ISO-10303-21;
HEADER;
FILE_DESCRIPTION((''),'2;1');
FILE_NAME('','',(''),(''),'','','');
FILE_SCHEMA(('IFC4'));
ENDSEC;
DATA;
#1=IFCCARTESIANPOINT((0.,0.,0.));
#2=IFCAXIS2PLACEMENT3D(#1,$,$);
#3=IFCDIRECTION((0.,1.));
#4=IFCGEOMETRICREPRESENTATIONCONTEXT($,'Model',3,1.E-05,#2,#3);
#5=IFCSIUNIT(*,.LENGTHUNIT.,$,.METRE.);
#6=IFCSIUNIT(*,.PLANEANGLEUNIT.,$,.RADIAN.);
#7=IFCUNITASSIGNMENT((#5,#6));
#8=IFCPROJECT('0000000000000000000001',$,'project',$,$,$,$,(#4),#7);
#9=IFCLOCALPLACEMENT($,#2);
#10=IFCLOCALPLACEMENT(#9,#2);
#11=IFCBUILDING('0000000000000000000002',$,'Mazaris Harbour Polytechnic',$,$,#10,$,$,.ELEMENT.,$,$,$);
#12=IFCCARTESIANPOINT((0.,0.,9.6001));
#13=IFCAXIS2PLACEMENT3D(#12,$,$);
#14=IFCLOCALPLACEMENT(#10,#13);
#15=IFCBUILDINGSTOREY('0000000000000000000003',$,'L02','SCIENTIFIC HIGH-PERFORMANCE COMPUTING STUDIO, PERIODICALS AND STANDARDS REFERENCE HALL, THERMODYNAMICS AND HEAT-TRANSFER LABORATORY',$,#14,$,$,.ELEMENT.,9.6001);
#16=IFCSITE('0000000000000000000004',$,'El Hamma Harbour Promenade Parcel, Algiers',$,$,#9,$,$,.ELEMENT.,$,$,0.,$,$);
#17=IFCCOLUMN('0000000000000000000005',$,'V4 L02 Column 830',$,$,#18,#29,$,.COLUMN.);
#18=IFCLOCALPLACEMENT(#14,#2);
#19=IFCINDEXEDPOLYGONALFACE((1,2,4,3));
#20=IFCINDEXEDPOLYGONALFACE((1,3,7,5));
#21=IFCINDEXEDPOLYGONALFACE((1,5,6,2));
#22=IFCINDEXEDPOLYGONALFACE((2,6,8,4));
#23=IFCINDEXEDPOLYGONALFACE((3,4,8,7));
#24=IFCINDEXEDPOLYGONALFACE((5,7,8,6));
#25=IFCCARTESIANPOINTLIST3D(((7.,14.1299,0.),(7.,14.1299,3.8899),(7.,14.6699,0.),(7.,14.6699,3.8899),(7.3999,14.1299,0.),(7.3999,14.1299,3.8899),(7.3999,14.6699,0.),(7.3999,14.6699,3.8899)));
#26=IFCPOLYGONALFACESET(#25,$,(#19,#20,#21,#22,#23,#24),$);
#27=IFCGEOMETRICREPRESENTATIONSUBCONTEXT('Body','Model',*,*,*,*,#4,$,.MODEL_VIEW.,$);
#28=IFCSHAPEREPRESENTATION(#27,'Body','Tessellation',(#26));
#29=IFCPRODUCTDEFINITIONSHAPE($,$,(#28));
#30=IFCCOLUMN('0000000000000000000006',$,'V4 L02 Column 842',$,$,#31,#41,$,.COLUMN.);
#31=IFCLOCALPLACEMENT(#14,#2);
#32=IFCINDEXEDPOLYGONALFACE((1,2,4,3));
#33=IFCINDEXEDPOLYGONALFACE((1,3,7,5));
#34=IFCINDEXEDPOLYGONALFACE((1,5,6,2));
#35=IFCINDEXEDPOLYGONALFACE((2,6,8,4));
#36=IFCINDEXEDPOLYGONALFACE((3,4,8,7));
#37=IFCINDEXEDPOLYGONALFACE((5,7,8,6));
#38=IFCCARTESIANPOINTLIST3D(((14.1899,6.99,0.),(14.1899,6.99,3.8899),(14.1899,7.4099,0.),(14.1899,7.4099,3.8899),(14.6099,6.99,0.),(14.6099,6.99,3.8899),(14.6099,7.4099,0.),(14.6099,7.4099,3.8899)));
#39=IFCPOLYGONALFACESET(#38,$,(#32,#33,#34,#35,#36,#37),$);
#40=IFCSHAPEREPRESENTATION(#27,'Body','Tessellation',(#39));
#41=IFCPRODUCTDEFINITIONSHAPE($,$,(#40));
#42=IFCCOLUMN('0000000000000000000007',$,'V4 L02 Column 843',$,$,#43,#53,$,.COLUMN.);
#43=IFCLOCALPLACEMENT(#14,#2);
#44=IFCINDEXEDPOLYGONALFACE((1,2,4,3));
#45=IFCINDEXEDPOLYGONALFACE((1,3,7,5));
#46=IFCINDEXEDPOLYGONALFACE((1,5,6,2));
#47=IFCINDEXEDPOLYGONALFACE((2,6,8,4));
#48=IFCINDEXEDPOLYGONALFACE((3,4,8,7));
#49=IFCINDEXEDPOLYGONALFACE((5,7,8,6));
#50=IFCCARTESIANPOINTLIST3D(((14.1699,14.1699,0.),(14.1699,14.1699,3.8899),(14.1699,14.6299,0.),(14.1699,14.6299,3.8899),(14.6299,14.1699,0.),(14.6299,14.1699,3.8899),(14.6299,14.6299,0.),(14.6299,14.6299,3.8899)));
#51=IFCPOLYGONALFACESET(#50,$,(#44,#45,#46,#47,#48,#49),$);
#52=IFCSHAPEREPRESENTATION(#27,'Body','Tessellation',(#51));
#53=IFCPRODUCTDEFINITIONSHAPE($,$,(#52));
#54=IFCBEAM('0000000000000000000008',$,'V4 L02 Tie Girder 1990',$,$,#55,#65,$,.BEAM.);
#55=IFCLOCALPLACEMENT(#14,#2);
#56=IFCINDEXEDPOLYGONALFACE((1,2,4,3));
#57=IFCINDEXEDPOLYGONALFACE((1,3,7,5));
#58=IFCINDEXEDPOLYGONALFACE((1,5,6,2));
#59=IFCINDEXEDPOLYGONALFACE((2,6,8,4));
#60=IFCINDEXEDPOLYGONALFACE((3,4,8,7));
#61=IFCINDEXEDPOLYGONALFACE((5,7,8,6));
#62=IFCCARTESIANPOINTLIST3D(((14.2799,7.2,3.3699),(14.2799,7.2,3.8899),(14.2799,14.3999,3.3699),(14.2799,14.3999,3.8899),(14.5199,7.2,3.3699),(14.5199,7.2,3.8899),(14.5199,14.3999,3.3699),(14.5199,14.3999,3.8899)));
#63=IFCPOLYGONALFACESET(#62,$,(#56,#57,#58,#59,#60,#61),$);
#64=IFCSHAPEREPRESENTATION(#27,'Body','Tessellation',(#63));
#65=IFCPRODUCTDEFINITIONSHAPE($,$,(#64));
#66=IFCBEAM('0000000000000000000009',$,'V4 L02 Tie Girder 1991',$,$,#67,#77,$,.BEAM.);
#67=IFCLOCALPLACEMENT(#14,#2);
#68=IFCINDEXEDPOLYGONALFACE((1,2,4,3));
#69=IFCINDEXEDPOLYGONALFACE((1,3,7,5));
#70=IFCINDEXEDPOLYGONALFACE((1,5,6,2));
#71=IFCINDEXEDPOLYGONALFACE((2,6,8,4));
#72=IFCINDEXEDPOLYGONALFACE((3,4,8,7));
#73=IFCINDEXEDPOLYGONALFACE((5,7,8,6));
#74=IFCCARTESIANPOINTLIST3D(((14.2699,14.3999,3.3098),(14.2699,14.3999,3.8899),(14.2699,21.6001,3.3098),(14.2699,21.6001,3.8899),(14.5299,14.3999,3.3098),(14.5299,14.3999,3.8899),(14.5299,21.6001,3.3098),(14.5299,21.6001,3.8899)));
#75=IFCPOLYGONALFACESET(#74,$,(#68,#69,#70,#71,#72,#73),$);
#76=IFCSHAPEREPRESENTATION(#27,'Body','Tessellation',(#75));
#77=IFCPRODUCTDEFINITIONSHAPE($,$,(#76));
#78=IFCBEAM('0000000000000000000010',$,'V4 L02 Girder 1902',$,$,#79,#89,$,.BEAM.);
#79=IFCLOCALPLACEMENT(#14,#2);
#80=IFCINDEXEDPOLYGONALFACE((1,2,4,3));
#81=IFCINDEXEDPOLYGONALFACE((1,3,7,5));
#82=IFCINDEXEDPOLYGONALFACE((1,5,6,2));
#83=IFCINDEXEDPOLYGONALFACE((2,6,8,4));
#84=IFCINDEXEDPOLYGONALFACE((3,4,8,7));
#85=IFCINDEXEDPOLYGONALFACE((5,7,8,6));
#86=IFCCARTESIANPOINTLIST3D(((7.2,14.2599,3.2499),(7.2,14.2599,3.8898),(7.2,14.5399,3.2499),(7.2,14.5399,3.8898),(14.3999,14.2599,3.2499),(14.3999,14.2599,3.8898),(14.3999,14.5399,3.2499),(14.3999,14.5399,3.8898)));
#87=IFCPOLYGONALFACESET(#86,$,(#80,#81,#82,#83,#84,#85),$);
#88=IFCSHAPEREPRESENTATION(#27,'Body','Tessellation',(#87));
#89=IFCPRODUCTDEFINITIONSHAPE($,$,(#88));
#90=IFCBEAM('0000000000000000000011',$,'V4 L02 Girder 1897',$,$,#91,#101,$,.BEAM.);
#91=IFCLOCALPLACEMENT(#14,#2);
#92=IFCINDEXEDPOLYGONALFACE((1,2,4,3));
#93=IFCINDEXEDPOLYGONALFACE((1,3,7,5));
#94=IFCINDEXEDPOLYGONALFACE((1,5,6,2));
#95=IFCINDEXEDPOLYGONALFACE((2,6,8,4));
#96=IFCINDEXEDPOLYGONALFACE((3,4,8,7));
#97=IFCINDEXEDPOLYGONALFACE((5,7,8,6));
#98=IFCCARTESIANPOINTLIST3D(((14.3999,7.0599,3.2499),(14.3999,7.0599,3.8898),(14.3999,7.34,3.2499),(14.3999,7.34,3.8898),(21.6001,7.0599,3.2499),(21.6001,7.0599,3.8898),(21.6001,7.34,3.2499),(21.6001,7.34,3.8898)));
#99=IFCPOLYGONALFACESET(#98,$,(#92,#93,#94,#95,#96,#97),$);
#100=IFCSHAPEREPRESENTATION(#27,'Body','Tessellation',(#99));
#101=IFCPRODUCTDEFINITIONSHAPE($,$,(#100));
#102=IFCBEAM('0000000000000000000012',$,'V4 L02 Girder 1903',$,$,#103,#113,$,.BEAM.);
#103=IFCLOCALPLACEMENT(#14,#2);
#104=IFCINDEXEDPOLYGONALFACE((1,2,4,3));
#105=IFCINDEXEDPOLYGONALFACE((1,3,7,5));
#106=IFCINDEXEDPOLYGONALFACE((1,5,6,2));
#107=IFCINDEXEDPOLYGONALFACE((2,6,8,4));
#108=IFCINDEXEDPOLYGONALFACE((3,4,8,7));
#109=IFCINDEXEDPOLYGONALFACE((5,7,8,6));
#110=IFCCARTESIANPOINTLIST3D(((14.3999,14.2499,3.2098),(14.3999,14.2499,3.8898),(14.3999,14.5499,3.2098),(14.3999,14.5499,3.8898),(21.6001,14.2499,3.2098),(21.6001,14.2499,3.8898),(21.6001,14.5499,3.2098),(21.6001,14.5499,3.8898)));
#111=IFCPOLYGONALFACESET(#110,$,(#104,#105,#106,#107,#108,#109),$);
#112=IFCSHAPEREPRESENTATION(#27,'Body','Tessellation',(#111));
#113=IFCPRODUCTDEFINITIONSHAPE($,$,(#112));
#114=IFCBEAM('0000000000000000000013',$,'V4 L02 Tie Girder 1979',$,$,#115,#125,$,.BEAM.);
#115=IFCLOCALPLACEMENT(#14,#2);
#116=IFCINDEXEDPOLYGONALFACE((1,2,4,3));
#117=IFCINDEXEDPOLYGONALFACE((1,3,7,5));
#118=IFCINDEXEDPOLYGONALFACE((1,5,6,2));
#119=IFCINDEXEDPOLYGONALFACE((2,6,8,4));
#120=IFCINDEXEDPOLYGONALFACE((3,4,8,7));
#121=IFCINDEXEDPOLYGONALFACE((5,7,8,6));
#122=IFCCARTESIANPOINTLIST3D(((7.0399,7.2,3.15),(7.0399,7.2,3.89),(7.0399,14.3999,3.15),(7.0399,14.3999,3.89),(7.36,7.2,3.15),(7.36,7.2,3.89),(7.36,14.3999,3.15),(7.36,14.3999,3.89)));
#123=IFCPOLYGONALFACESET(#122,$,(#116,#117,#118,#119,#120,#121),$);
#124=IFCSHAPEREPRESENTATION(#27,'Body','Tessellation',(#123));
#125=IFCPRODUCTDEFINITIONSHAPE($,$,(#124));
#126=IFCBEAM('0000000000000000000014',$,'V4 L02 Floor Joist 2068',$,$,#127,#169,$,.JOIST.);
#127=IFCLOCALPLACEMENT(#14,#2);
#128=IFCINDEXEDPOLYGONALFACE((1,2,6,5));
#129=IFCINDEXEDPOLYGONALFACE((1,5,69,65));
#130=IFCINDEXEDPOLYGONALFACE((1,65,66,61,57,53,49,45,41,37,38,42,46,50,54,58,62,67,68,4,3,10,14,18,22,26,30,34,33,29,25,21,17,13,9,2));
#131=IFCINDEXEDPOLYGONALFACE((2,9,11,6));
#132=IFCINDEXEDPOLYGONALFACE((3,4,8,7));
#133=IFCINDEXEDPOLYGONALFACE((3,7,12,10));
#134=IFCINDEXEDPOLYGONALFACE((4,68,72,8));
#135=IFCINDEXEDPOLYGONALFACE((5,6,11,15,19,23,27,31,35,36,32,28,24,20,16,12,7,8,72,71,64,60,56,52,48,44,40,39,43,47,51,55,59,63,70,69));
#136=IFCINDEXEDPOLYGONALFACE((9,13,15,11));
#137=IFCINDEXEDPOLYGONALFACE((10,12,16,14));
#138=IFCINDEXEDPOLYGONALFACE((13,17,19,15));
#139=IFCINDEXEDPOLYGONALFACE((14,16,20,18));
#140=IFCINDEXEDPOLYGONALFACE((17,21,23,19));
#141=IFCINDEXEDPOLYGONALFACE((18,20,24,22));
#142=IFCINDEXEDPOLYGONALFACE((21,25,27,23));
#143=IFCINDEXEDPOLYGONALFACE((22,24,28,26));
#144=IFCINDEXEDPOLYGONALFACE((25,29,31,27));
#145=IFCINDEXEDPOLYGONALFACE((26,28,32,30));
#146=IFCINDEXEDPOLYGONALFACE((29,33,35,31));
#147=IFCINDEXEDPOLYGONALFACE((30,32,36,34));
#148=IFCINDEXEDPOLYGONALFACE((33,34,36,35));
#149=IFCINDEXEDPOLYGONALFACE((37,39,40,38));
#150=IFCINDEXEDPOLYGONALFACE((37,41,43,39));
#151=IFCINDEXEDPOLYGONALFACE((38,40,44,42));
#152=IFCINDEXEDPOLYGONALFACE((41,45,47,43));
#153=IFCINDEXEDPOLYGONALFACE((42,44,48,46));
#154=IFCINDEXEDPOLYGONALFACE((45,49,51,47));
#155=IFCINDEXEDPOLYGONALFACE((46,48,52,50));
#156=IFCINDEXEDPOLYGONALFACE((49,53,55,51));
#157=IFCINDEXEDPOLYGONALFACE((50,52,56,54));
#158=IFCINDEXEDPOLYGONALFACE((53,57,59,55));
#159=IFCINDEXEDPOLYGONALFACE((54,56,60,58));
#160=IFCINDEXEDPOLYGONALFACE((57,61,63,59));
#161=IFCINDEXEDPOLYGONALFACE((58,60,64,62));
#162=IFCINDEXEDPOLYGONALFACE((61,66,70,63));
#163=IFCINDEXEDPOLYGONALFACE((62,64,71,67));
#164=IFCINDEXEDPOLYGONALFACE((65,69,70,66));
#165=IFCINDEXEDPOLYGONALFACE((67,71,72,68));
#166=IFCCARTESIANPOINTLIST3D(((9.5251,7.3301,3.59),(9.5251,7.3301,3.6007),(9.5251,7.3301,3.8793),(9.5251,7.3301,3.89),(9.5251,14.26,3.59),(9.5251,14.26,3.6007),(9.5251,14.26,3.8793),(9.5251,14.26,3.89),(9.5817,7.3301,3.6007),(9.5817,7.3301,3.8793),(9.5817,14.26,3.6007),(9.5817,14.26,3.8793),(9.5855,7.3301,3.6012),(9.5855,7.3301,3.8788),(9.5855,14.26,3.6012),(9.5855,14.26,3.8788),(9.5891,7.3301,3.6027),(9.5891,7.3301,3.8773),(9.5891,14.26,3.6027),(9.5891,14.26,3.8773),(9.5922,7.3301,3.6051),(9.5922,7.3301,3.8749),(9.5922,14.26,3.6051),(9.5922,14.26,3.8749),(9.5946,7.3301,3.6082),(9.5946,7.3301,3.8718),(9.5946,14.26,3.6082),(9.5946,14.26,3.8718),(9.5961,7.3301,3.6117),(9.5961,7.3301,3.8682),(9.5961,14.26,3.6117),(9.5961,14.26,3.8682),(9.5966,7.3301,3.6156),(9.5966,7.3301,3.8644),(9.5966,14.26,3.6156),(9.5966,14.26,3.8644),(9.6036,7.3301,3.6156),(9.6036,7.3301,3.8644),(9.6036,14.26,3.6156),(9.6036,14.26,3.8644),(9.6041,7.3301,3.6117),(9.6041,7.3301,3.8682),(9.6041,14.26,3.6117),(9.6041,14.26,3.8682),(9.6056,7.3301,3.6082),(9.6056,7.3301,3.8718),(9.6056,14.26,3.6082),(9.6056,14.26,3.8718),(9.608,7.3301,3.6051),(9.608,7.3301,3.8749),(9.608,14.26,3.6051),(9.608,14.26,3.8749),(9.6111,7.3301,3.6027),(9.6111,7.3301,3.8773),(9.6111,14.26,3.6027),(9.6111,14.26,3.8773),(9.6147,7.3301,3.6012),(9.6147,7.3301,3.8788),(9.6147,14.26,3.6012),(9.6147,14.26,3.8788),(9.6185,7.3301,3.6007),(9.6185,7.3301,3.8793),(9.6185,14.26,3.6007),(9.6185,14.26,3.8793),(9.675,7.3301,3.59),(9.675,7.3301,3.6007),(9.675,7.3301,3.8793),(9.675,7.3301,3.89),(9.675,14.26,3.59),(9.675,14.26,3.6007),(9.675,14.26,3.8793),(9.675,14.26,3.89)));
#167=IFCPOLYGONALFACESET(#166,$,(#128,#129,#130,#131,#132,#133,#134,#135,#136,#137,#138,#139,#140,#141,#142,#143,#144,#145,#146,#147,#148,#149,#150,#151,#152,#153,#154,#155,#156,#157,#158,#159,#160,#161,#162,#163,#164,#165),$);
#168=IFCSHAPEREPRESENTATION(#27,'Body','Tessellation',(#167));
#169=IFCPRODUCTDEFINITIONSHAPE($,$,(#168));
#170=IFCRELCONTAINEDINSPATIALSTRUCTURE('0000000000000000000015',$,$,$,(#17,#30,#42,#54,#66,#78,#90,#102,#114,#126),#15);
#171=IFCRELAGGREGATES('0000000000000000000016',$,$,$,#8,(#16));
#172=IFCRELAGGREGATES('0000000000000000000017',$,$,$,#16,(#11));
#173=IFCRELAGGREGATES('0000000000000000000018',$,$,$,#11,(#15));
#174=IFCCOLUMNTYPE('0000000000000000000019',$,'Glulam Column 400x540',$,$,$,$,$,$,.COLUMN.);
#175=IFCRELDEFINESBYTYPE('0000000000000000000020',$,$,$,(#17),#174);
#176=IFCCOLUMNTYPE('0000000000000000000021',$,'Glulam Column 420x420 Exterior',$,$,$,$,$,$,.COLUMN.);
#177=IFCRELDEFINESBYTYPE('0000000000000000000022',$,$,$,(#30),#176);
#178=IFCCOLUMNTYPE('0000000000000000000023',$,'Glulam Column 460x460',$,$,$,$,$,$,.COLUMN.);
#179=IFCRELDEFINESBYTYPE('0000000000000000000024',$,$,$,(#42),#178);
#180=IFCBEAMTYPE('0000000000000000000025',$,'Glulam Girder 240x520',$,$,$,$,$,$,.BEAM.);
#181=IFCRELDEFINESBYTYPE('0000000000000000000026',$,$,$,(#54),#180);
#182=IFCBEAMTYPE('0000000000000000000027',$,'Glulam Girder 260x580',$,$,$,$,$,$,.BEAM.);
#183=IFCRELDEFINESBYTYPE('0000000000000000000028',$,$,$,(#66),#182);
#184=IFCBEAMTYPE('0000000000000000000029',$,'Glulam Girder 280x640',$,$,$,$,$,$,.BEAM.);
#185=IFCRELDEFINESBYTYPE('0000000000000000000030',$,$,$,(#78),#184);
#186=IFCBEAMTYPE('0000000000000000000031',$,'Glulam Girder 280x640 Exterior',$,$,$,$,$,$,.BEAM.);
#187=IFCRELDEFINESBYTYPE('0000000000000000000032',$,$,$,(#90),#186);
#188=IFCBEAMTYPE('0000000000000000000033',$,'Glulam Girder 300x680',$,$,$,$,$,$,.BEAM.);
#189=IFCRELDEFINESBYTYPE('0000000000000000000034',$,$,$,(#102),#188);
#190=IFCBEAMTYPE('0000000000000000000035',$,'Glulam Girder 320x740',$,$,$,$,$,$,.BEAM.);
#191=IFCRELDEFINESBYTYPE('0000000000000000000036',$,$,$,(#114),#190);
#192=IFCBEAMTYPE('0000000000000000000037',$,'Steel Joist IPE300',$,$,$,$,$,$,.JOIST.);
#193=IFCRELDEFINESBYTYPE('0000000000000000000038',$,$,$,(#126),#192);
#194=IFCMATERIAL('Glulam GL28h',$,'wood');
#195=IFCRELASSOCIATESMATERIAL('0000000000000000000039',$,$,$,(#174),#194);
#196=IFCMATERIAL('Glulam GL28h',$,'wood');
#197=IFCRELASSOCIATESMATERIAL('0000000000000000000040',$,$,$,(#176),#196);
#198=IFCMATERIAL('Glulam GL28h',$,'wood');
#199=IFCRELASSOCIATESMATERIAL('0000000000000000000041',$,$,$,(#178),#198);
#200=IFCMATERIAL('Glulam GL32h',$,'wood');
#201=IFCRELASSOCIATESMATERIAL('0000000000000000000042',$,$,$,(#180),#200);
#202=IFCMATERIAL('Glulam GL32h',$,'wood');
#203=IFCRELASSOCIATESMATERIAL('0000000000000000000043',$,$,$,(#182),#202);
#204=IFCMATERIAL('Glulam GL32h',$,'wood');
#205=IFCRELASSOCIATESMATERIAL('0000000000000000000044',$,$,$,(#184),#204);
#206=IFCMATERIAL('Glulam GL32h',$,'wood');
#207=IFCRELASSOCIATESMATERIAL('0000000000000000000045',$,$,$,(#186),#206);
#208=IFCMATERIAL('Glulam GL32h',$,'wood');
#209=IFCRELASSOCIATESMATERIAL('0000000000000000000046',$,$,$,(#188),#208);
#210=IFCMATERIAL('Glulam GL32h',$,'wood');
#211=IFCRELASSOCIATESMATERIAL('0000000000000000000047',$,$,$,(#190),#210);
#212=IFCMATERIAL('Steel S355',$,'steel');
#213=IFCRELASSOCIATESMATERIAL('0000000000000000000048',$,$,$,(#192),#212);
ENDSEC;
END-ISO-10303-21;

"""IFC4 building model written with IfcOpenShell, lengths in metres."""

from ifc_helpers import new_model, si_unit, direction, frame, origin, origin_2d, place, context, subcontext, project, spatial, rectangle, i_section, extrude, material, material_profile, profile_set, type_object, element, save


model = new_model("IFC4")

# Units and contexts
model_context = context("Model", 3, precision=1e-05, world=origin(), true_north=direction((0.0, 1.0)))
body_context = subcontext(model_context, "Body", "Model", "MODEL_VIEW")
ifc_project = project(units=[si_unit("LENGTHUNIT", "METRE"), si_unit("PLANEANGLEUNIT", "RADIAN")], contexts=[model_context])

# Site, building, storey
site_placement = place(None, origin())
site = spatial("IfcSite", under=ifc_project, at=site_placement, Name="El Hamma Harbour Promenade Parcel, Algiers", CompositionType="ELEMENT", RefElevation=0.0)
building_placement = place(site_placement, origin())
building = spatial("IfcBuilding", under=site, at=building_placement, Name="Mazaris Harbour Polytechnic", CompositionType="ELEMENT")
storey_placement = place(building_placement, frame((0.0, 0.0, 9.6001)))
storey = spatial("IfcBuildingStorey", under=building, at=storey_placement, Name="L02", Description="SCIENTIFIC HIGH-PERFORMANCE COMPUTING STUDIO, PERIODICALS AND STANDARDS REFERENCE HALL, THERMODYNAMICS AND HEAT-TRANSFER LABORATORY", CompositionType="ELEMENT", Elevation=9.6001)

# Columns
ifc_material_1 = material(Name="Glulam GL28h", Category="wood")
ifc_material_profile_1 = material_profile(ifc_material_1, rectangle(XDim=0.3999, YDim=0.54, at=origin_2d()), Name="RECT400x540")
ifc_profile_set_1 = profile_set([ifc_material_profile_1], Name="Glulam GL28h")
column_type_1 = type_object("IfcColumnType", Name="Glulam Column 400x540", PredefinedType="COLUMN", material=ifc_profile_set_1)
column_1_placement = place(storey_placement, frame((7.2, 14.3999, 0.0), z_axis=(0.0, 0.0, 1.0), x_axis=(1.0, 0.0, 0.0)))
element("IfcColumn", 1, at=column_1_placement, inside=storey, type_object=column_type_1, Name="V4 L02 Column 830", PredefinedType="COLUMN", context=body_context, shape_type="SweptSolid", body=[
    extrude(rectangle(XDim=0.3999, YDim=0.54, at=origin_2d()), origin(), (0.0, 0.0, 1.0), 3.8899),
])
ifc_material_2 = material(Name="Glulam GL28h", Category="wood")
ifc_material_profile_2 = material_profile(ifc_material_2, rectangle(XDim=0.4199, YDim=0.4199, at=origin_2d()), Name="RECT420x420")
ifc_profile_set_2 = profile_set([ifc_material_profile_2], Name="Glulam GL28h")
column_type_2 = type_object("IfcColumnType", Name="Glulam Column 420x420 Exterior", PredefinedType="COLUMN", material=ifc_profile_set_2)
column_2_placement = place(storey_placement, frame((14.3999, 7.2, 0.0), z_axis=(0.0, 0.0, 1.0), x_axis=(1.0, 0.0, 0.0)))
element("IfcColumn", 2, at=column_2_placement, inside=storey, type_object=column_type_2, Name="V4 L02 Column 842", PredefinedType="COLUMN", context=body_context, shape_type="SweptSolid", body=[
    extrude(rectangle(XDim=0.4199, YDim=0.4199, at=origin_2d()), origin(), (0.0, 0.0, 1.0), 3.8899),
])
ifc_material_3 = material(Name="Glulam GL28h", Category="wood")
ifc_material_profile_3 = material_profile(ifc_material_3, rectangle(XDim=0.46, YDim=0.46, at=origin_2d()), Name="RECT460x460")
ifc_profile_set_3 = profile_set([ifc_material_profile_3], Name="Glulam GL28h")
column_type_3 = type_object("IfcColumnType", Name="Glulam Column 460x460", PredefinedType="COLUMN", material=ifc_profile_set_3)
column_3_placement = place(storey_placement, frame((14.3999, 14.3999, 0.0), z_axis=(0.0, 0.0, 1.0), x_axis=(1.0, 0.0, 0.0)))
element("IfcColumn", 3, at=column_3_placement, inside=storey, type_object=column_type_3, Name="V4 L02 Column 843", PredefinedType="COLUMN", context=body_context, shape_type="SweptSolid", body=[
    extrude(rectangle(XDim=0.46, YDim=0.46, at=origin_2d()), origin(), (0.0, 0.0, 1.0), 3.8899),
])

# Beams
ifc_material_4 = material(Name="Glulam GL32h", Category="wood")
ifc_material_profile_4 = material_profile(ifc_material_4, rectangle(XDim=0.24, YDim=0.52, at=origin_2d()), Name="RECT240x520")
ifc_profile_set_4 = profile_set([ifc_material_profile_4], Name="Glulam GL32h")
beam_type_1 = type_object("IfcBeamType", Name="Glulam Girder 240x520", PredefinedType="BEAM", material=ifc_profile_set_4)
beam_1_placement = place(storey_placement, frame((14.3999, 7.2, 3.6299), z_axis=(0.0, 1.0, 0.0), x_axis=(-1.0, 0.0, 0.0)))
element("IfcBeam", 4, at=beam_1_placement, inside=storey, type_object=beam_type_1, Name="V4 L02 Tie Girder 1990", PredefinedType="BEAM", context=body_context, shape_type="SweptSolid", body=[
    extrude(rectangle(XDim=0.24, YDim=0.52, at=origin_2d()), origin(), (0.0, 0.0, 1.0), 7.2),
])
ifc_material_5 = material(Name="Glulam GL32h", Category="wood")
ifc_material_profile_5 = material_profile(ifc_material_5, rectangle(XDim=0.26, YDim=0.5801, at=origin_2d()), Name="RECT260x580")
ifc_profile_set_5 = profile_set([ifc_material_profile_5], Name="Glulam GL32h")
beam_type_2 = type_object("IfcBeamType", Name="Glulam Girder 260x580", PredefinedType="BEAM", material=ifc_profile_set_5)
beam_2_placement = place(storey_placement, frame((14.3999, 14.3999, 3.5999), z_axis=(0.0, 1.0, 0.0), x_axis=(-1.0, 0.0, 0.0)))
element("IfcBeam", 5, at=beam_2_placement, inside=storey, type_object=beam_type_2, Name="V4 L02 Tie Girder 1991", PredefinedType="BEAM", context=body_context, shape_type="SweptSolid", body=[
    extrude(rectangle(XDim=0.26, YDim=0.5801, at=origin_2d()), origin(), (0.0, 0.0, 1.0), 7.2002),
])
ifc_material_6 = material(Name="Glulam GL32h", Category="wood")
ifc_material_profile_6 = material_profile(ifc_material_6, rectangle(XDim=0.28, YDim=0.6399, at=origin_2d()), Name="RECT280x640")
ifc_profile_set_6 = profile_set([ifc_material_profile_6], Name="Glulam GL32h")
beam_type_3 = type_object("IfcBeamType", Name="Glulam Girder 280x640", PredefinedType="BEAM", material=ifc_profile_set_6)
beam_3_placement = place(storey_placement, frame((7.2, 14.3999, 3.5698), z_axis=(1.0, 0.0, 0.0), x_axis=(0.0, 1.0, 0.0)))
element("IfcBeam", 6, at=beam_3_placement, inside=storey, type_object=beam_type_3, Name="V4 L02 Girder 1902", PredefinedType="BEAM", context=body_context, shape_type="SweptSolid", body=[
    extrude(rectangle(XDim=0.28, YDim=0.6399, at=origin_2d()), origin(), (0.0, 0.0, 1.0), 7.2),
])
ifc_material_7 = material(Name="Glulam GL32h", Category="wood")
ifc_material_profile_7 = material_profile(ifc_material_7, rectangle(XDim=0.28, YDim=0.6399, at=origin_2d()), Name="RECT280x640")
ifc_profile_set_7 = profile_set([ifc_material_profile_7], Name="Glulam GL32h")
beam_type_4 = type_object("IfcBeamType", Name="Glulam Girder 280x640 Exterior", PredefinedType="BEAM", material=ifc_profile_set_7)
beam_4_placement = place(storey_placement, frame((14.3999, 7.2, 3.5698), z_axis=(1.0, 0.0, 0.0), x_axis=(0.0, 1.0, 0.0)))
element("IfcBeam", 7, at=beam_4_placement, inside=storey, type_object=beam_type_4, Name="V4 L02 Girder 1897", PredefinedType="BEAM", context=body_context, shape_type="SweptSolid", body=[
    extrude(rectangle(XDim=0.28, YDim=0.6399, at=origin_2d()), origin(), (0.0, 0.0, 1.0), 7.2002),
])
ifc_material_8 = material(Name="Glulam GL32h", Category="wood")
ifc_material_profile_8 = material_profile(ifc_material_8, rectangle(XDim=0.3, YDim=0.6799, at=origin_2d()), Name="RECT300x680")
ifc_profile_set_8 = profile_set([ifc_material_profile_8], Name="Glulam GL32h")
beam_type_5 = type_object("IfcBeamType", Name="Glulam Girder 300x680", PredefinedType="BEAM", material=ifc_profile_set_8)
beam_5_placement = place(storey_placement, frame((14.3999, 14.3999, 3.5498), z_axis=(1.0, 0.0, 0.0), x_axis=(0.0, 1.0, 0.0)))
element("IfcBeam", 8, at=beam_5_placement, inside=storey, type_object=beam_type_5, Name="V4 L02 Girder 1903", PredefinedType="BEAM", context=body_context, shape_type="SweptSolid", body=[
    extrude(rectangle(XDim=0.3, YDim=0.6799, at=origin_2d()), origin(), (0.0, 0.0, 1.0), 7.2002),
])
ifc_material_9 = material(Name="Glulam GL32h", Category="wood")
ifc_material_profile_9 = material_profile(ifc_material_9, rectangle(XDim=0.3201, YDim=0.74, at=origin_2d()), Name="RECT320x740")
ifc_profile_set_9 = profile_set([ifc_material_profile_9], Name="Glulam GL32h")
beam_type_6 = type_object("IfcBeamType", Name="Glulam Girder 320x740", PredefinedType="BEAM", material=ifc_profile_set_9)
beam_6_placement = place(storey_placement, frame((7.2, 7.2, 3.52), z_axis=(0.0, 1.0, 0.0), x_axis=(-1.0, 0.0, 0.0)))
element("IfcBeam", 9, at=beam_6_placement, inside=storey, type_object=beam_type_6, Name="V4 L02 Tie Girder 1979", PredefinedType="BEAM", context=body_context, shape_type="SweptSolid", body=[
    extrude(rectangle(XDim=0.3201, YDim=0.74, at=origin_2d()), origin(), (0.0, 0.0, 1.0), 7.2),
])
ifc_material_10 = material(Name="Steel S355", Category="steel")
ifc_material_profile_10 = material_profile(ifc_material_10, i_section(OverallWidth=0.1499, OverallDepth=0.3, WebThickness=0.0071, FlangeThickness=0.0107, FilletRadius=0.0149, at=origin_2d()), Name="IPE 300")
ifc_profile_set_10 = profile_set([ifc_material_profile_10], Name="Steel S355")
beam_type_7 = type_object("IfcBeamType", Name="Steel Joist IPE300", PredefinedType="JOIST", material=ifc_profile_set_10)
beam_7_placement = place(storey_placement, frame((9.6001, 7.3301, 3.74), z_axis=(0.0, 1.0, 0.0), x_axis=(-1.0, 0.0, 0.0)))
element("IfcBeam", 10, at=beam_7_placement, inside=storey, type_object=beam_type_7, Name="V4 L02 Floor Joist 2068", PredefinedType="JOIST", context=body_context, shape_type="SweptSolid", body=[
    extrude(i_section(OverallWidth=0.1499, OverallDepth=0.3, WebThickness=0.0071, FlangeThickness=0.0107, FilletRadius=0.0149, at=origin_2d()), origin(), (0.0, 0.0, 1.0), 6.9299),
])

save(model, "model.ifc")
